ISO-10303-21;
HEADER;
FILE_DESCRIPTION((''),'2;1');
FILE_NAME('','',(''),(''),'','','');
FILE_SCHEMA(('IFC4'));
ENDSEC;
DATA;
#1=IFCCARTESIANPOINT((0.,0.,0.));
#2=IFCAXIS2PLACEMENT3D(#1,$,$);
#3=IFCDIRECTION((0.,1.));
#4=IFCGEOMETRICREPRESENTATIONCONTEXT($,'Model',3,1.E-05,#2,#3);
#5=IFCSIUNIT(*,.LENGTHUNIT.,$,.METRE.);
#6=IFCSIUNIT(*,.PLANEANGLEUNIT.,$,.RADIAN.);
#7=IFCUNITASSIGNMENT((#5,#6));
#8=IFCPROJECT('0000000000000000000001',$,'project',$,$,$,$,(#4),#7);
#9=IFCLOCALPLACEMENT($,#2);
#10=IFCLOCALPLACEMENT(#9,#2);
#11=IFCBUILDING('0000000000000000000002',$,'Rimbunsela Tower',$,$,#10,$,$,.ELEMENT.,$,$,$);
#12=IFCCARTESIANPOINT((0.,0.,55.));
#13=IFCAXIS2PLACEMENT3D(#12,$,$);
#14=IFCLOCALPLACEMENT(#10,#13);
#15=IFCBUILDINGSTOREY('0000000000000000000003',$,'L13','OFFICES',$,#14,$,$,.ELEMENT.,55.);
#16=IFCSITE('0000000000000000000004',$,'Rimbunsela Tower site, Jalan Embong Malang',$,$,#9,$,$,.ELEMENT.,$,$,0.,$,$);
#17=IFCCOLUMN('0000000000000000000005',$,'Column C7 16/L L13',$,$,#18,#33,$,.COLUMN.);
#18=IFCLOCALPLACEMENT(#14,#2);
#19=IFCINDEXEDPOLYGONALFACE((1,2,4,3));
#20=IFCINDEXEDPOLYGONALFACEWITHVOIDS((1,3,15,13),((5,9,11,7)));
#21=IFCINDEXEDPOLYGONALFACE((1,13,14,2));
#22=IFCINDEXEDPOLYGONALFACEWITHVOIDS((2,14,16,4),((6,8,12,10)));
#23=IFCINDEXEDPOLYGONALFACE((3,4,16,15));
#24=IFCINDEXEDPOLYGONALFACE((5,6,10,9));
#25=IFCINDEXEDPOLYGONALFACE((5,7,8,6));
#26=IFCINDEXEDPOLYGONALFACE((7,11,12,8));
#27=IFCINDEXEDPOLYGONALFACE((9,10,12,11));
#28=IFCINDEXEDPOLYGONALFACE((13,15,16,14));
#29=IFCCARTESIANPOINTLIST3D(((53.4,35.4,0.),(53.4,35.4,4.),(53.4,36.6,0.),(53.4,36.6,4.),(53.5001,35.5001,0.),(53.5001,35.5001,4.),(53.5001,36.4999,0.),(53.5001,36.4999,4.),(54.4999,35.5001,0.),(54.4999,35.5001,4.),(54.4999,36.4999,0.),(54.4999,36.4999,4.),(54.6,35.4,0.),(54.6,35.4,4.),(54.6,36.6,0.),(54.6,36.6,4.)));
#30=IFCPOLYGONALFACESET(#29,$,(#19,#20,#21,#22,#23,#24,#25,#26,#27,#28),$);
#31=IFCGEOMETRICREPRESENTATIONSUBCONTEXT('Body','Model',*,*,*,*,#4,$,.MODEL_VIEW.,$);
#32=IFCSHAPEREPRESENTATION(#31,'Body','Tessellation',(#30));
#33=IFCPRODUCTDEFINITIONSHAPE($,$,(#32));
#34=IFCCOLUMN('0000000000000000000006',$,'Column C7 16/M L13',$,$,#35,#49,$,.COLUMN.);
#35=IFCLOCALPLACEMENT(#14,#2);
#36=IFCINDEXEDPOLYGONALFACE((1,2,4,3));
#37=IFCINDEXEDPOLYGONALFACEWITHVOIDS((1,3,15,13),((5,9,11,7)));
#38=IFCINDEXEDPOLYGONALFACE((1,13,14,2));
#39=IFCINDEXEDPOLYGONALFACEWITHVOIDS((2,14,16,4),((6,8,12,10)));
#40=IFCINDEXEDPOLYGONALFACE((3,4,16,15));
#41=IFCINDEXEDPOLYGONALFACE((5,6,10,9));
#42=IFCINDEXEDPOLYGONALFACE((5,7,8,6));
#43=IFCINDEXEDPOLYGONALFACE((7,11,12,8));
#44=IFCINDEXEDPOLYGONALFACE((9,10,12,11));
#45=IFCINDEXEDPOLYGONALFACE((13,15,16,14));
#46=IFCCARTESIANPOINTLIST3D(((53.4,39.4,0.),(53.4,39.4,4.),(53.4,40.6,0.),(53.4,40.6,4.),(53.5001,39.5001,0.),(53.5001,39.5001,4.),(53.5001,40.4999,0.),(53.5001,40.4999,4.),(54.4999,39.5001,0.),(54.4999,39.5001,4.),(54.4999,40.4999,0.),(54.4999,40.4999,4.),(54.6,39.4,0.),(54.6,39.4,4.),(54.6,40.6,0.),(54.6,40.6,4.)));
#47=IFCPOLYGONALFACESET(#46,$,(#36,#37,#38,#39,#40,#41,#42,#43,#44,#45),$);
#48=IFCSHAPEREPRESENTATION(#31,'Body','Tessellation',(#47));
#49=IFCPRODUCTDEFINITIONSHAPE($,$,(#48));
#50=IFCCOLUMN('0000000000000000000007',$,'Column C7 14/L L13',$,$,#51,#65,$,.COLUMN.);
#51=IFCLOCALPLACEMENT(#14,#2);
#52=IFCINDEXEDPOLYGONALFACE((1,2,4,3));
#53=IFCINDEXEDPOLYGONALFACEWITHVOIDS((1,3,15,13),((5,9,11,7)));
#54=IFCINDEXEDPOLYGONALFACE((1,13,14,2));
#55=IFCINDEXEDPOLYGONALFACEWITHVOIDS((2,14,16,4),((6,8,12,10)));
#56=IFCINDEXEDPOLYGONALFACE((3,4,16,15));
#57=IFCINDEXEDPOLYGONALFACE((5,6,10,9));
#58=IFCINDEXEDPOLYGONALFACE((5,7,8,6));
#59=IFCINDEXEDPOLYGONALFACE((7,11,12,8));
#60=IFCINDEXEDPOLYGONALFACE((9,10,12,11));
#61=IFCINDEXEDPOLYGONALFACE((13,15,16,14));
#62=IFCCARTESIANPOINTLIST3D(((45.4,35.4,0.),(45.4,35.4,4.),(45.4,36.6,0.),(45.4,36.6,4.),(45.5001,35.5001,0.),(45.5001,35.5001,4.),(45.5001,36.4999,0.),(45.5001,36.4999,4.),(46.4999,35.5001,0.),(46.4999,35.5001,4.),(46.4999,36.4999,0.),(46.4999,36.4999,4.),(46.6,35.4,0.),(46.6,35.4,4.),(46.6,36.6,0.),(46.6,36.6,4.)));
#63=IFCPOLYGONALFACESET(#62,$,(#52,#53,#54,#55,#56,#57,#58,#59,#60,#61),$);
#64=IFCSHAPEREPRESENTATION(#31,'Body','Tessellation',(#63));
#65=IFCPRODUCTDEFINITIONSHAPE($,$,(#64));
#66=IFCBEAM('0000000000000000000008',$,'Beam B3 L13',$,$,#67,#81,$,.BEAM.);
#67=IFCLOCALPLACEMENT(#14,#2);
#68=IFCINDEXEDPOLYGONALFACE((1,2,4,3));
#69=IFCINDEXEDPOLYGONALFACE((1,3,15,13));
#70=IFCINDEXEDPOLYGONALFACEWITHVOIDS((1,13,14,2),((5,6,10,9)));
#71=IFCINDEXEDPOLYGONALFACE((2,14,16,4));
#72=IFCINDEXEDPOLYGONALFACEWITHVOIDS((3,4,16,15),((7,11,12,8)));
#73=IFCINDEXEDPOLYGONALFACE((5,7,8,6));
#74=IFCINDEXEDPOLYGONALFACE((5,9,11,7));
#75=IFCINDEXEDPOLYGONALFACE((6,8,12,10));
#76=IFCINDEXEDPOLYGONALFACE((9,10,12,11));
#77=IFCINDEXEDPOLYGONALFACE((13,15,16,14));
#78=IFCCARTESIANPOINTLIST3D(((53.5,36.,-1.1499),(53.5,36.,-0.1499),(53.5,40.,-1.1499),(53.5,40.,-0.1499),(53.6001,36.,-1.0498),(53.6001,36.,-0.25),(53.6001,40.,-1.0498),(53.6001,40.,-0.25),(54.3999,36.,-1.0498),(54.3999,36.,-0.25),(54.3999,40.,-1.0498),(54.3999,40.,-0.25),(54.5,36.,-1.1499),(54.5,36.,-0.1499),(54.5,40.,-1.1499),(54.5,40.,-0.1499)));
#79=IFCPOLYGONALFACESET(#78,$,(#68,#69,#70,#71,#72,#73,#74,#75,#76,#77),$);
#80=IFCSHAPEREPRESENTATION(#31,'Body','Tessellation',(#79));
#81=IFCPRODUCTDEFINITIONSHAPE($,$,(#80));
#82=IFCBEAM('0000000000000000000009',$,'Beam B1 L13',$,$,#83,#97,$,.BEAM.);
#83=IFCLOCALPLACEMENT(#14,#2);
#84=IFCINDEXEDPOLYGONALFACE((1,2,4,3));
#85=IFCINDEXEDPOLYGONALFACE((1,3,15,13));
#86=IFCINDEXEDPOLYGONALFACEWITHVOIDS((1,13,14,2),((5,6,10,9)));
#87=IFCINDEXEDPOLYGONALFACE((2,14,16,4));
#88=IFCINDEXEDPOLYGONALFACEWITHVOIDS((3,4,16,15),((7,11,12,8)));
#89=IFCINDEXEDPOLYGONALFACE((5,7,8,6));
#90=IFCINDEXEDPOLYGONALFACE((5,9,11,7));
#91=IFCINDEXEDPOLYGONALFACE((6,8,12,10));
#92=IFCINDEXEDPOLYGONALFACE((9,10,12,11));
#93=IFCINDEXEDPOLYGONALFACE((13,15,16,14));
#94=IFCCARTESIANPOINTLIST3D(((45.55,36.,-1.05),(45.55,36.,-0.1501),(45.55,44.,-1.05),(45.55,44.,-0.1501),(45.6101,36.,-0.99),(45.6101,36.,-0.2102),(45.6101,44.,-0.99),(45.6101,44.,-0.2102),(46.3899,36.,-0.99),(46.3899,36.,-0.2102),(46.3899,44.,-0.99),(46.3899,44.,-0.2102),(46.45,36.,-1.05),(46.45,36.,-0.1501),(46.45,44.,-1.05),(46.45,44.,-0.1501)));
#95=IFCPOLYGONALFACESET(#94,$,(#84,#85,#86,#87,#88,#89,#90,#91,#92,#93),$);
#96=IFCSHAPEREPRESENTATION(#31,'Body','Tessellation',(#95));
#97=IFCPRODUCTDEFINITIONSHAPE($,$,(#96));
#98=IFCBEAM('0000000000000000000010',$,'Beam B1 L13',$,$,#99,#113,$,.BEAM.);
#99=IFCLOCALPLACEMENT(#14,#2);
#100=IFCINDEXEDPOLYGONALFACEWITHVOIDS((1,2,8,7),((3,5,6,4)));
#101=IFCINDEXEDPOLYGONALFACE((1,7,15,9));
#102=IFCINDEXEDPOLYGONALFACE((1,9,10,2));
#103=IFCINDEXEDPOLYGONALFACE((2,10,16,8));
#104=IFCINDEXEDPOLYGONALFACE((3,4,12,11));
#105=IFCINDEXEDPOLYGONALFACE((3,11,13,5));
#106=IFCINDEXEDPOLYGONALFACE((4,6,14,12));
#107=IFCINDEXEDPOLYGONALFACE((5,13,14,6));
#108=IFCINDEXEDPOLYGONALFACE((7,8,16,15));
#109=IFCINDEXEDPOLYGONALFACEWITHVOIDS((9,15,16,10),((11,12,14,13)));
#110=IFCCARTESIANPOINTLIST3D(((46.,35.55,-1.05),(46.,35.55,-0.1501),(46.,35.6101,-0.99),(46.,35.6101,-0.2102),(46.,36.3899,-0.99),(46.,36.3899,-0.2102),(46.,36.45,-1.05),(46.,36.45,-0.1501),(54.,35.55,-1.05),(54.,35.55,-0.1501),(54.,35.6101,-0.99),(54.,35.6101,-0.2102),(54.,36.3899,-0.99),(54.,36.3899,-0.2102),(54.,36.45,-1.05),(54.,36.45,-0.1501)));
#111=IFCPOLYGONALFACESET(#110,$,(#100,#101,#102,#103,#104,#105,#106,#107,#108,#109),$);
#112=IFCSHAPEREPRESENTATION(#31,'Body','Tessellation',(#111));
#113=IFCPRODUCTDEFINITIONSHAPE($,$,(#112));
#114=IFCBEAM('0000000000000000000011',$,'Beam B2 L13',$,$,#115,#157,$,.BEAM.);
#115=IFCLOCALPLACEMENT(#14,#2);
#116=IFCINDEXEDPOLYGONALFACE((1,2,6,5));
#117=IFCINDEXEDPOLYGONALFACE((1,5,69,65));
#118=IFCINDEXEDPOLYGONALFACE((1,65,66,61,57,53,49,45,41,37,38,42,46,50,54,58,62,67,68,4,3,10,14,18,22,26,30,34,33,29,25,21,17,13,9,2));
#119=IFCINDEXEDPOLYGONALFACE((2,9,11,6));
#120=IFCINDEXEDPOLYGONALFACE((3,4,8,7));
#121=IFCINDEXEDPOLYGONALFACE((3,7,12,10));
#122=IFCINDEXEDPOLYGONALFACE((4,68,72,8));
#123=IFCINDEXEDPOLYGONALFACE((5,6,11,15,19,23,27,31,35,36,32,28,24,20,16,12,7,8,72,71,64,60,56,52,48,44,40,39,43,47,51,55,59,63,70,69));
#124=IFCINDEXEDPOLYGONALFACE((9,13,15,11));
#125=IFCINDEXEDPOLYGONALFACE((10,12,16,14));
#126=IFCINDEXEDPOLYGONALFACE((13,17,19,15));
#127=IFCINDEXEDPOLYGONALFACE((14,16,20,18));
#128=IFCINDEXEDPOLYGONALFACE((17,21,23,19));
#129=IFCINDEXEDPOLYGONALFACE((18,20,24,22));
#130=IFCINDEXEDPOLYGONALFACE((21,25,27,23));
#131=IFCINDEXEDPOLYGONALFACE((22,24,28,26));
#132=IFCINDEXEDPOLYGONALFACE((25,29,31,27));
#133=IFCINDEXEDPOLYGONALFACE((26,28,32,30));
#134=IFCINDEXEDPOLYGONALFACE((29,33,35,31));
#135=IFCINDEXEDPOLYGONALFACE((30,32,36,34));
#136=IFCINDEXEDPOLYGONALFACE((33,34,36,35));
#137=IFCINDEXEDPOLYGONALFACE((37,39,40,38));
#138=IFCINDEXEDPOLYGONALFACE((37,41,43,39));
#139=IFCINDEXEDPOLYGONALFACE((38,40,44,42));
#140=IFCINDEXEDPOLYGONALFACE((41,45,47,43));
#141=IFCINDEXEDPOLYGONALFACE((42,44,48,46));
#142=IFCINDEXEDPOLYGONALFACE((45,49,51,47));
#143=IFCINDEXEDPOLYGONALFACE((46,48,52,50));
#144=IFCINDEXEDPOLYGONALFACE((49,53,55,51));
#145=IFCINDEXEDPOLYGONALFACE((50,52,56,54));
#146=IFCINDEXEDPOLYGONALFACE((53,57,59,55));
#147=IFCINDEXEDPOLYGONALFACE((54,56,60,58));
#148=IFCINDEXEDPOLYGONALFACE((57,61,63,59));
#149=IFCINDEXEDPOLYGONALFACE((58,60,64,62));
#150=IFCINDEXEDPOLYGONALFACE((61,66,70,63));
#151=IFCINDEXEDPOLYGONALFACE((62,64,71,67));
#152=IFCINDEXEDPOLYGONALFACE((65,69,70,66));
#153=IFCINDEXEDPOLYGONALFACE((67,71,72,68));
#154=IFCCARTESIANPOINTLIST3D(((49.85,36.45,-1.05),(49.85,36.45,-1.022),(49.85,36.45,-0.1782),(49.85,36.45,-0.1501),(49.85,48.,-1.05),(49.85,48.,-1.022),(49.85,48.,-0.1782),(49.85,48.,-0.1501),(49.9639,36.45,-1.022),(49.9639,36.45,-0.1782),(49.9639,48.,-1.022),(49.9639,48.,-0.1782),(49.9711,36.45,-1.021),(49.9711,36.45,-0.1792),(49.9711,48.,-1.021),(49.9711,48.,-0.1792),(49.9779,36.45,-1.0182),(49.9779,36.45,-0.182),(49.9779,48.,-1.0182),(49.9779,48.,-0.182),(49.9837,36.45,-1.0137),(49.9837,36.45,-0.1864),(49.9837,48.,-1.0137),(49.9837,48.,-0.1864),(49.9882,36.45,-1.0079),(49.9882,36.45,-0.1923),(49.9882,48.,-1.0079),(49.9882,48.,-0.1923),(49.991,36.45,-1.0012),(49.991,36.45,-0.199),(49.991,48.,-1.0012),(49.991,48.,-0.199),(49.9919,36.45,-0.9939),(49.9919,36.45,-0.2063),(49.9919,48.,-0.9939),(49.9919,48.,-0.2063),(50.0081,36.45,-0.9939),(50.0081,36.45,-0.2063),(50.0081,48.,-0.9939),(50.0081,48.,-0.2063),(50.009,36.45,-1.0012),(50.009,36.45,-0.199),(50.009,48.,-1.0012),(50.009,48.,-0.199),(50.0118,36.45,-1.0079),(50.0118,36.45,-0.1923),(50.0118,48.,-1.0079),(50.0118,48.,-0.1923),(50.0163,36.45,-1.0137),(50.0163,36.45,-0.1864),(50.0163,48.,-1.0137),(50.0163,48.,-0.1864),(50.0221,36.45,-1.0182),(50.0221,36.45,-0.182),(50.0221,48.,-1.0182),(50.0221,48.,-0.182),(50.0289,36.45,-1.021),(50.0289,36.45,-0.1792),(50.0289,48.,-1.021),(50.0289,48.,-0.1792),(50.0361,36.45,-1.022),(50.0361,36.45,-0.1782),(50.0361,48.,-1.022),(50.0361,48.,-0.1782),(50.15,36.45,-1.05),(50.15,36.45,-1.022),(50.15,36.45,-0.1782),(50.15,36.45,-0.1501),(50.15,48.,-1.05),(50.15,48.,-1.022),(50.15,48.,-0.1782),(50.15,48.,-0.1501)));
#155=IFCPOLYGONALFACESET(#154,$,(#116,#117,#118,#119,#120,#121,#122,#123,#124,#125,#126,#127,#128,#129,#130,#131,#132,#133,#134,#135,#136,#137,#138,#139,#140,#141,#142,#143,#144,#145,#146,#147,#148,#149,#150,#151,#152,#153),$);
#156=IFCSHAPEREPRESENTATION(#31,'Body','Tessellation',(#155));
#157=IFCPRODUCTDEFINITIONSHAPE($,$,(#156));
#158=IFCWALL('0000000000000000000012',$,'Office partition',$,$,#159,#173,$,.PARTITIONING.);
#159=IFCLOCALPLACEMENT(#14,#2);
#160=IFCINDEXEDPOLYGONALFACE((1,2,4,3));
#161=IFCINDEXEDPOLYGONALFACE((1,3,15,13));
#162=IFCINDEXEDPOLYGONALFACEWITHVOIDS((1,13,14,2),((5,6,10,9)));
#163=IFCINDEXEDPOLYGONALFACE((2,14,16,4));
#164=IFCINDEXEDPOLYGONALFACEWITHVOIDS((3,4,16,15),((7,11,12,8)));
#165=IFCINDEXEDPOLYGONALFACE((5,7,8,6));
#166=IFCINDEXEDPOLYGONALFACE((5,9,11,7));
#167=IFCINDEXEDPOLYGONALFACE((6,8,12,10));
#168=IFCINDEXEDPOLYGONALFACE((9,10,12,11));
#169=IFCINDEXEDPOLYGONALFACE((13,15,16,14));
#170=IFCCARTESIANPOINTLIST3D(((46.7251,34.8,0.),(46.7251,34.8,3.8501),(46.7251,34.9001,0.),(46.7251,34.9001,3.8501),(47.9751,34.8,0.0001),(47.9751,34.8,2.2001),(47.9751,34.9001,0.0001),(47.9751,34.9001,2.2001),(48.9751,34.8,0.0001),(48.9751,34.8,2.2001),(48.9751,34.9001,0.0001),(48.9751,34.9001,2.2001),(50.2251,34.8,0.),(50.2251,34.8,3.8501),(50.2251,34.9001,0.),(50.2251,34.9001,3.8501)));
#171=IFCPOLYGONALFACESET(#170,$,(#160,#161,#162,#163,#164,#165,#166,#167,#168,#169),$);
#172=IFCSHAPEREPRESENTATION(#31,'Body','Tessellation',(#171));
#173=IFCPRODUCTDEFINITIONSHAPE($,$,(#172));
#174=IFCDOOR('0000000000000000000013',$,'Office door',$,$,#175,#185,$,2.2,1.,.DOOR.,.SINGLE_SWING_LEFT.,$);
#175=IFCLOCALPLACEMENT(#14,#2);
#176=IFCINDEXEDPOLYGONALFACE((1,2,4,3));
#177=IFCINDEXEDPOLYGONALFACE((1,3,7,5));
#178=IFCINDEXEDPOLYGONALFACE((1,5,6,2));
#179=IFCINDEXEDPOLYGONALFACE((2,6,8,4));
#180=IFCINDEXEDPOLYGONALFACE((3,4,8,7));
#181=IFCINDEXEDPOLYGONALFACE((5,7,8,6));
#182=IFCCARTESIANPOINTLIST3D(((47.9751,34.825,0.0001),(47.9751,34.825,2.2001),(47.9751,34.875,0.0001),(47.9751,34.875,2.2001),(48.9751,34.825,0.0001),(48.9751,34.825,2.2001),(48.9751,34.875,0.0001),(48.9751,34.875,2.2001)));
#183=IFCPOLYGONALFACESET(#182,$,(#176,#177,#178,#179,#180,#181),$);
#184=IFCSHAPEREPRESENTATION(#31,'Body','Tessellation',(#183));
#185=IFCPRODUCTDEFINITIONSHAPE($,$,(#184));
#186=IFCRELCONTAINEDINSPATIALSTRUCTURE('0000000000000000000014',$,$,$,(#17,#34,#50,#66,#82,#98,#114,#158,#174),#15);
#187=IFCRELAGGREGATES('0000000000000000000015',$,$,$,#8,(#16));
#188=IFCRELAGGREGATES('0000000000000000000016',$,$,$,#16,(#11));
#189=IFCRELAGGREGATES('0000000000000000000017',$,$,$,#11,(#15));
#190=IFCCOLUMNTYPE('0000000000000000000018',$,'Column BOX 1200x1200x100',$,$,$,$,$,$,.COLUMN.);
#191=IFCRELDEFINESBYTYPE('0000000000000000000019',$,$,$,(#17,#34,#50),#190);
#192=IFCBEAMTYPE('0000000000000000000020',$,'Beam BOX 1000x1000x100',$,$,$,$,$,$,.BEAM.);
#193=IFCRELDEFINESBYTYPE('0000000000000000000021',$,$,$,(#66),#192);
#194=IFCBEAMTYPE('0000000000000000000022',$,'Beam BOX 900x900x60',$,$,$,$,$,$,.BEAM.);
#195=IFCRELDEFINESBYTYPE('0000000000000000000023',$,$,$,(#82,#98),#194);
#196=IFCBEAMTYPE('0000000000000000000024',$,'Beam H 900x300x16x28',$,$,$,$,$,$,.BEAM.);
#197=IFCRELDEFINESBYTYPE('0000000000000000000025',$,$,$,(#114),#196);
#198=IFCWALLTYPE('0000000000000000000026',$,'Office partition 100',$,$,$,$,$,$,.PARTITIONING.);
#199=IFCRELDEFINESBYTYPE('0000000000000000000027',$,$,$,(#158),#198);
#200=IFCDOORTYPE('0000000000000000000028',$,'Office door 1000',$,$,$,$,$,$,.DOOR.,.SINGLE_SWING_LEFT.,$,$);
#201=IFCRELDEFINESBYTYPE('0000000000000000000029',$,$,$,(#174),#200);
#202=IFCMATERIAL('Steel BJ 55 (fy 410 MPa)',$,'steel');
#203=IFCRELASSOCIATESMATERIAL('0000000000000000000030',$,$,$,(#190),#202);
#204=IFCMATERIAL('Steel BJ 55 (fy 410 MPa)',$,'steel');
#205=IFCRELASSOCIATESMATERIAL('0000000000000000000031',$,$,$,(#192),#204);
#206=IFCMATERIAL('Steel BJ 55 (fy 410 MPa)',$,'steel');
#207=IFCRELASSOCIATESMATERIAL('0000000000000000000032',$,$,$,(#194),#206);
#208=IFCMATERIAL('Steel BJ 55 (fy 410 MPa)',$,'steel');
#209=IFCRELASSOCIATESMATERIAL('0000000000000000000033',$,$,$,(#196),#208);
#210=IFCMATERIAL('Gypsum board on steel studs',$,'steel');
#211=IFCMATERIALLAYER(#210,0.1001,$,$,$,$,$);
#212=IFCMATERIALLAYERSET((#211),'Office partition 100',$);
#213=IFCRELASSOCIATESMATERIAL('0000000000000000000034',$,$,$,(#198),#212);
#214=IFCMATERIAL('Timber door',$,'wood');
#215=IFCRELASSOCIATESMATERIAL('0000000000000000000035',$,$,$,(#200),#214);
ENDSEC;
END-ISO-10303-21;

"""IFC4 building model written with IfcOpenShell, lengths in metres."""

from ifc_helpers import new_model, si_unit, direction, frame, frame_2d, origin, origin_2d, place, context, subcontext, project, spatial, rectangle, hollow_rectangle, i_section, extrude, material, layer, layer_set, material_profile, profile_set, type_object, element, fill, save


model = new_model("IFC4")

# Units and contexts
model_context = context("Model", 3, precision=1e-05, world=origin(), true_north=direction((0.0, 1.0)))
body_context = subcontext(model_context, "Body", "Model", "MODEL_VIEW")
ifc_project = project(units=[si_unit("LENGTHUNIT", "METRE"), si_unit("PLANEANGLEUNIT", "RADIAN")], contexts=[model_context])

# Site, building, storey
site_placement = place(None, origin())
site = spatial("IfcSite", under=ifc_project, at=site_placement, Name="Rimbunsela Tower site, Jalan Embong Malang", CompositionType="ELEMENT", RefElevation=0.0)
building_placement = place(site_placement, origin())
building = spatial("IfcBuilding", under=site, at=building_placement, Name="Rimbunsela Tower", CompositionType="ELEMENT")
storey_placement = place(building_placement, frame((0.0, 0.0, 55.0)))
storey = spatial("IfcBuildingStorey", under=building, at=storey_placement, Name="L13", Description="OFFICES", CompositionType="ELEMENT", Elevation=55.0)

# Columns
ifc_material_1 = material(Name="Steel BJ 55 (fy 410 MPa)", Category="steel")
ifc_material_profile_1 = material_profile(ifc_material_1, hollow_rectangle(XDim=1.2, YDim=1.2, WallThickness=0.1001, at=origin_2d()), Name="BOX 1200x1200x100")
ifc_profile_set_1 = profile_set([ifc_material_profile_1], Name="Steel BJ 55 (fy 410 MPa)")
column_type = type_object("IfcColumnType", Name="Column BOX 1200x1200x100", PredefinedType="COLUMN", material=ifc_profile_set_1)
for number, where, z_axis, x_axis, name in (
    (1, (54.0, 36.0, 0.0), (0.0, 0.0, 1.0), (1.0, 0.0, 0.0), "Column C7 16/L L13"),
    (2, (54.0, 40.0, 0.0), (0.0, 0.0, 1.0), (1.0, 0.0, 0.0), "Column C7 16/M L13"),
    (3, (46.0, 36.0, 0.0), (0.0, 0.0, 1.0), (1.0, 0.0, 0.0), "Column C7 14/L L13"),
):
    element("IfcColumn", number, at=place(storey_placement, frame(where, z_axis=z_axis, x_axis=x_axis)), inside=storey, type_object=column_type, Name=name, PredefinedType="COLUMN", context=body_context, shape_type="SweptSolid", body=[
        extrude(hollow_rectangle(XDim=1.2, YDim=1.2, WallThickness=0.1001, at=origin_2d()), origin(), (0.0, 0.0, 1.0), 4.0),
    ])

# Beams
ifc_material_2 = material(Name="Steel BJ 55 (fy 410 MPa)", Category="steel")
ifc_material_profile_2 = material_profile(ifc_material_2, hollow_rectangle(XDim=1.0, YDim=1.0, WallThickness=0.1001, at=origin_2d()), Name="BOX 1000x1000x100")
ifc_profile_set_2 = profile_set([ifc_material_profile_2], Name="Steel BJ 55 (fy 410 MPa)")
beam_type_1 = type_object("IfcBeamType", Name="Beam BOX 1000x1000x100", PredefinedType="BEAM", material=ifc_profile_set_2)
beam_1_placement = place(storey_placement, frame((54.0, 36.0, -0.6499), z_axis=(0.0, 1.0, 0.0), x_axis=(-1.0, 0.0, 0.0)))
element("IfcBeam", 4, at=beam_1_placement, inside=storey, type_object=beam_type_1, Name="Beam B3 L13", PredefinedType="BEAM", context=body_context, shape_type="SweptSolid", body=[
    extrude(hollow_rectangle(XDim=1.0, YDim=1.0, WallThickness=0.1001, at=origin_2d()), origin(), (0.0, 0.0, 1.0), 4.0),
])
ifc_material_3 = material(Name="Steel BJ 55 (fy 410 MPa)", Category="steel")
ifc_material_profile_3 = material_profile(ifc_material_3, hollow_rectangle(XDim=0.8999, YDim=0.8999, WallThickness=0.0601, at=origin_2d()), Name="BOX 900x900x60")
ifc_profile_set_3 = profile_set([ifc_material_profile_3], Name="Steel BJ 55 (fy 410 MPa)")
beam_type_2 = type_object("IfcBeamType", Name="Beam BOX 900x900x60", PredefinedType="BEAM", material=ifc_profile_set_3)
for number, where, z_axis, x_axis, name in (
    (5, (46.0, 36.0, -0.6001), (0.0, 1.0, 0.0), (-1.0, 0.0, 0.0), "Beam B1 L13"),
    (6, (46.0, 36.0, -0.6001), (1.0, 0.0, 0.0), (0.0, 1.0, 0.0), "Beam B1 L13"),
):
    element("IfcBeam", number, at=place(storey_placement, frame(where, z_axis=z_axis, x_axis=x_axis)), inside=storey, type_object=beam_type_2, Name=name, PredefinedType="BEAM", context=body_context, shape_type="SweptSolid", body=[
        extrude(hollow_rectangle(XDim=0.8999, YDim=0.8999, WallThickness=0.0601, at=origin_2d()), origin(), (0.0, 0.0, 1.0), 8.0),
    ])
ifc_material_4 = material(Name="Steel BJ 55 (fy 410 MPa)", Category="steel")
ifc_material_profile_4 = material_profile(ifc_material_4, i_section(OverallWidth=0.3, OverallDepth=0.8999, WebThickness=0.0161, FlangeThickness=0.0281, FilletRadius=0.0281, at=origin_2d()), Name="H 900x300x16x28")
ifc_profile_set_4 = profile_set([ifc_material_profile_4], Name="Steel BJ 55 (fy 410 MPa)")
beam_type_3 = type_object("IfcBeamType", Name="Beam H 900x300x16x28", PredefinedType="BEAM", material=ifc_profile_set_4)
beam_2_placement = place(storey_placement, frame((50.0, 36.45, -0.6001), z_axis=(0.0, 1.0, 0.0), x_axis=(-1.0, 0.0, 0.0)))
element("IfcBeam", 7, at=beam_2_placement, inside=storey, type_object=beam_type_3, Name="Beam B2 L13", PredefinedType="BEAM", context=body_context, shape_type="SweptSolid", body=[
    extrude(i_section(OverallWidth=0.3, OverallDepth=0.8999, WebThickness=0.0161, FlangeThickness=0.0281, FilletRadius=0.0281, at=origin_2d()), origin(), (0.0, 0.0, 1.0), 11.55),
])

# Wall, opening, door
ifc_material_5 = material(Name="Gypsum board on steel studs", Category="steel")
ifc_layer_1 = layer(ifc_material_5, 0.1001)
ifc_layer_set_1 = layer_set([ifc_layer_1], Name="Office partition 100")
wall_type_1 = type_object("IfcWallType", Name="Office partition 100", PredefinedType="PARTITIONING", material=ifc_layer_set_1)
wall_1_placement = place(storey_placement, frame((46.7251, 34.8501, 0.0), z_axis=(0.0, 0.0, 1.0), x_axis=(1.0, 0.0, 0.0)))
wall_1 = element("IfcWall", 8, at=wall_1_placement, inside=storey, type_object=wall_type_1, Name="Office partition", PredefinedType="PARTITIONING", context=body_context, shape_type="SweptSolid", body=[
    extrude(rectangle(XDim=3.5, YDim=0.1001, at=frame_2d((1.75, 0.0))), origin(), (0.0, 0.0, 1.0), 3.8501),
])
opening_1_placement = place(wall_1_placement, frame((1.25, 0.0, 0.0)))
opening_1 = element("IfcOpeningElement", 9, at=opening_1_placement, cuts=wall_1, PredefinedType="OPENING", context=body_context, shape_type="SweptSolid", body=[
    extrude(rectangle(XDim=1.0, YDim=2.2, at=frame_2d((0.5, 1.1001))), frame((0.0, 0.0601, 0.0), z_axis=(0.0, -1.0, 0.0), x_axis=(1.0, 0.0, 0.0)), (0.0, 0.0, 1.0), 0.1201),
])
ifc_material_6 = material(Name="Timber door", Category="wood")
door_type_1 = type_object("IfcDoorType", Name="Office door 1000", OperationType="SINGLE_SWING_LEFT", PredefinedType="DOOR", material=ifc_material_6)
door_1_placement = place(opening_1_placement, origin())
door_1 = element("IfcDoor", 10, at=door_1_placement, inside=storey, type_object=door_type_1, Name="Office door", OperationType="SINGLE_SWING_LEFT", OverallHeight=2.2, OverallWidth=1.0, PredefinedType="DOOR", context=body_context, shape_type="SweptSolid", body=[
    extrude(rectangle(XDim=1.0, YDim=2.2, at=frame_2d((0.5, 1.1001))), frame((0.0, 0.0249, 0.0), z_axis=(0.0, -1.0, 0.0), x_axis=(1.0, 0.0, 0.0)), (0.0, 0.0, 1.0), 0.05),
])
fill(opening_1, door_1)

save(model, "model.ifc")
